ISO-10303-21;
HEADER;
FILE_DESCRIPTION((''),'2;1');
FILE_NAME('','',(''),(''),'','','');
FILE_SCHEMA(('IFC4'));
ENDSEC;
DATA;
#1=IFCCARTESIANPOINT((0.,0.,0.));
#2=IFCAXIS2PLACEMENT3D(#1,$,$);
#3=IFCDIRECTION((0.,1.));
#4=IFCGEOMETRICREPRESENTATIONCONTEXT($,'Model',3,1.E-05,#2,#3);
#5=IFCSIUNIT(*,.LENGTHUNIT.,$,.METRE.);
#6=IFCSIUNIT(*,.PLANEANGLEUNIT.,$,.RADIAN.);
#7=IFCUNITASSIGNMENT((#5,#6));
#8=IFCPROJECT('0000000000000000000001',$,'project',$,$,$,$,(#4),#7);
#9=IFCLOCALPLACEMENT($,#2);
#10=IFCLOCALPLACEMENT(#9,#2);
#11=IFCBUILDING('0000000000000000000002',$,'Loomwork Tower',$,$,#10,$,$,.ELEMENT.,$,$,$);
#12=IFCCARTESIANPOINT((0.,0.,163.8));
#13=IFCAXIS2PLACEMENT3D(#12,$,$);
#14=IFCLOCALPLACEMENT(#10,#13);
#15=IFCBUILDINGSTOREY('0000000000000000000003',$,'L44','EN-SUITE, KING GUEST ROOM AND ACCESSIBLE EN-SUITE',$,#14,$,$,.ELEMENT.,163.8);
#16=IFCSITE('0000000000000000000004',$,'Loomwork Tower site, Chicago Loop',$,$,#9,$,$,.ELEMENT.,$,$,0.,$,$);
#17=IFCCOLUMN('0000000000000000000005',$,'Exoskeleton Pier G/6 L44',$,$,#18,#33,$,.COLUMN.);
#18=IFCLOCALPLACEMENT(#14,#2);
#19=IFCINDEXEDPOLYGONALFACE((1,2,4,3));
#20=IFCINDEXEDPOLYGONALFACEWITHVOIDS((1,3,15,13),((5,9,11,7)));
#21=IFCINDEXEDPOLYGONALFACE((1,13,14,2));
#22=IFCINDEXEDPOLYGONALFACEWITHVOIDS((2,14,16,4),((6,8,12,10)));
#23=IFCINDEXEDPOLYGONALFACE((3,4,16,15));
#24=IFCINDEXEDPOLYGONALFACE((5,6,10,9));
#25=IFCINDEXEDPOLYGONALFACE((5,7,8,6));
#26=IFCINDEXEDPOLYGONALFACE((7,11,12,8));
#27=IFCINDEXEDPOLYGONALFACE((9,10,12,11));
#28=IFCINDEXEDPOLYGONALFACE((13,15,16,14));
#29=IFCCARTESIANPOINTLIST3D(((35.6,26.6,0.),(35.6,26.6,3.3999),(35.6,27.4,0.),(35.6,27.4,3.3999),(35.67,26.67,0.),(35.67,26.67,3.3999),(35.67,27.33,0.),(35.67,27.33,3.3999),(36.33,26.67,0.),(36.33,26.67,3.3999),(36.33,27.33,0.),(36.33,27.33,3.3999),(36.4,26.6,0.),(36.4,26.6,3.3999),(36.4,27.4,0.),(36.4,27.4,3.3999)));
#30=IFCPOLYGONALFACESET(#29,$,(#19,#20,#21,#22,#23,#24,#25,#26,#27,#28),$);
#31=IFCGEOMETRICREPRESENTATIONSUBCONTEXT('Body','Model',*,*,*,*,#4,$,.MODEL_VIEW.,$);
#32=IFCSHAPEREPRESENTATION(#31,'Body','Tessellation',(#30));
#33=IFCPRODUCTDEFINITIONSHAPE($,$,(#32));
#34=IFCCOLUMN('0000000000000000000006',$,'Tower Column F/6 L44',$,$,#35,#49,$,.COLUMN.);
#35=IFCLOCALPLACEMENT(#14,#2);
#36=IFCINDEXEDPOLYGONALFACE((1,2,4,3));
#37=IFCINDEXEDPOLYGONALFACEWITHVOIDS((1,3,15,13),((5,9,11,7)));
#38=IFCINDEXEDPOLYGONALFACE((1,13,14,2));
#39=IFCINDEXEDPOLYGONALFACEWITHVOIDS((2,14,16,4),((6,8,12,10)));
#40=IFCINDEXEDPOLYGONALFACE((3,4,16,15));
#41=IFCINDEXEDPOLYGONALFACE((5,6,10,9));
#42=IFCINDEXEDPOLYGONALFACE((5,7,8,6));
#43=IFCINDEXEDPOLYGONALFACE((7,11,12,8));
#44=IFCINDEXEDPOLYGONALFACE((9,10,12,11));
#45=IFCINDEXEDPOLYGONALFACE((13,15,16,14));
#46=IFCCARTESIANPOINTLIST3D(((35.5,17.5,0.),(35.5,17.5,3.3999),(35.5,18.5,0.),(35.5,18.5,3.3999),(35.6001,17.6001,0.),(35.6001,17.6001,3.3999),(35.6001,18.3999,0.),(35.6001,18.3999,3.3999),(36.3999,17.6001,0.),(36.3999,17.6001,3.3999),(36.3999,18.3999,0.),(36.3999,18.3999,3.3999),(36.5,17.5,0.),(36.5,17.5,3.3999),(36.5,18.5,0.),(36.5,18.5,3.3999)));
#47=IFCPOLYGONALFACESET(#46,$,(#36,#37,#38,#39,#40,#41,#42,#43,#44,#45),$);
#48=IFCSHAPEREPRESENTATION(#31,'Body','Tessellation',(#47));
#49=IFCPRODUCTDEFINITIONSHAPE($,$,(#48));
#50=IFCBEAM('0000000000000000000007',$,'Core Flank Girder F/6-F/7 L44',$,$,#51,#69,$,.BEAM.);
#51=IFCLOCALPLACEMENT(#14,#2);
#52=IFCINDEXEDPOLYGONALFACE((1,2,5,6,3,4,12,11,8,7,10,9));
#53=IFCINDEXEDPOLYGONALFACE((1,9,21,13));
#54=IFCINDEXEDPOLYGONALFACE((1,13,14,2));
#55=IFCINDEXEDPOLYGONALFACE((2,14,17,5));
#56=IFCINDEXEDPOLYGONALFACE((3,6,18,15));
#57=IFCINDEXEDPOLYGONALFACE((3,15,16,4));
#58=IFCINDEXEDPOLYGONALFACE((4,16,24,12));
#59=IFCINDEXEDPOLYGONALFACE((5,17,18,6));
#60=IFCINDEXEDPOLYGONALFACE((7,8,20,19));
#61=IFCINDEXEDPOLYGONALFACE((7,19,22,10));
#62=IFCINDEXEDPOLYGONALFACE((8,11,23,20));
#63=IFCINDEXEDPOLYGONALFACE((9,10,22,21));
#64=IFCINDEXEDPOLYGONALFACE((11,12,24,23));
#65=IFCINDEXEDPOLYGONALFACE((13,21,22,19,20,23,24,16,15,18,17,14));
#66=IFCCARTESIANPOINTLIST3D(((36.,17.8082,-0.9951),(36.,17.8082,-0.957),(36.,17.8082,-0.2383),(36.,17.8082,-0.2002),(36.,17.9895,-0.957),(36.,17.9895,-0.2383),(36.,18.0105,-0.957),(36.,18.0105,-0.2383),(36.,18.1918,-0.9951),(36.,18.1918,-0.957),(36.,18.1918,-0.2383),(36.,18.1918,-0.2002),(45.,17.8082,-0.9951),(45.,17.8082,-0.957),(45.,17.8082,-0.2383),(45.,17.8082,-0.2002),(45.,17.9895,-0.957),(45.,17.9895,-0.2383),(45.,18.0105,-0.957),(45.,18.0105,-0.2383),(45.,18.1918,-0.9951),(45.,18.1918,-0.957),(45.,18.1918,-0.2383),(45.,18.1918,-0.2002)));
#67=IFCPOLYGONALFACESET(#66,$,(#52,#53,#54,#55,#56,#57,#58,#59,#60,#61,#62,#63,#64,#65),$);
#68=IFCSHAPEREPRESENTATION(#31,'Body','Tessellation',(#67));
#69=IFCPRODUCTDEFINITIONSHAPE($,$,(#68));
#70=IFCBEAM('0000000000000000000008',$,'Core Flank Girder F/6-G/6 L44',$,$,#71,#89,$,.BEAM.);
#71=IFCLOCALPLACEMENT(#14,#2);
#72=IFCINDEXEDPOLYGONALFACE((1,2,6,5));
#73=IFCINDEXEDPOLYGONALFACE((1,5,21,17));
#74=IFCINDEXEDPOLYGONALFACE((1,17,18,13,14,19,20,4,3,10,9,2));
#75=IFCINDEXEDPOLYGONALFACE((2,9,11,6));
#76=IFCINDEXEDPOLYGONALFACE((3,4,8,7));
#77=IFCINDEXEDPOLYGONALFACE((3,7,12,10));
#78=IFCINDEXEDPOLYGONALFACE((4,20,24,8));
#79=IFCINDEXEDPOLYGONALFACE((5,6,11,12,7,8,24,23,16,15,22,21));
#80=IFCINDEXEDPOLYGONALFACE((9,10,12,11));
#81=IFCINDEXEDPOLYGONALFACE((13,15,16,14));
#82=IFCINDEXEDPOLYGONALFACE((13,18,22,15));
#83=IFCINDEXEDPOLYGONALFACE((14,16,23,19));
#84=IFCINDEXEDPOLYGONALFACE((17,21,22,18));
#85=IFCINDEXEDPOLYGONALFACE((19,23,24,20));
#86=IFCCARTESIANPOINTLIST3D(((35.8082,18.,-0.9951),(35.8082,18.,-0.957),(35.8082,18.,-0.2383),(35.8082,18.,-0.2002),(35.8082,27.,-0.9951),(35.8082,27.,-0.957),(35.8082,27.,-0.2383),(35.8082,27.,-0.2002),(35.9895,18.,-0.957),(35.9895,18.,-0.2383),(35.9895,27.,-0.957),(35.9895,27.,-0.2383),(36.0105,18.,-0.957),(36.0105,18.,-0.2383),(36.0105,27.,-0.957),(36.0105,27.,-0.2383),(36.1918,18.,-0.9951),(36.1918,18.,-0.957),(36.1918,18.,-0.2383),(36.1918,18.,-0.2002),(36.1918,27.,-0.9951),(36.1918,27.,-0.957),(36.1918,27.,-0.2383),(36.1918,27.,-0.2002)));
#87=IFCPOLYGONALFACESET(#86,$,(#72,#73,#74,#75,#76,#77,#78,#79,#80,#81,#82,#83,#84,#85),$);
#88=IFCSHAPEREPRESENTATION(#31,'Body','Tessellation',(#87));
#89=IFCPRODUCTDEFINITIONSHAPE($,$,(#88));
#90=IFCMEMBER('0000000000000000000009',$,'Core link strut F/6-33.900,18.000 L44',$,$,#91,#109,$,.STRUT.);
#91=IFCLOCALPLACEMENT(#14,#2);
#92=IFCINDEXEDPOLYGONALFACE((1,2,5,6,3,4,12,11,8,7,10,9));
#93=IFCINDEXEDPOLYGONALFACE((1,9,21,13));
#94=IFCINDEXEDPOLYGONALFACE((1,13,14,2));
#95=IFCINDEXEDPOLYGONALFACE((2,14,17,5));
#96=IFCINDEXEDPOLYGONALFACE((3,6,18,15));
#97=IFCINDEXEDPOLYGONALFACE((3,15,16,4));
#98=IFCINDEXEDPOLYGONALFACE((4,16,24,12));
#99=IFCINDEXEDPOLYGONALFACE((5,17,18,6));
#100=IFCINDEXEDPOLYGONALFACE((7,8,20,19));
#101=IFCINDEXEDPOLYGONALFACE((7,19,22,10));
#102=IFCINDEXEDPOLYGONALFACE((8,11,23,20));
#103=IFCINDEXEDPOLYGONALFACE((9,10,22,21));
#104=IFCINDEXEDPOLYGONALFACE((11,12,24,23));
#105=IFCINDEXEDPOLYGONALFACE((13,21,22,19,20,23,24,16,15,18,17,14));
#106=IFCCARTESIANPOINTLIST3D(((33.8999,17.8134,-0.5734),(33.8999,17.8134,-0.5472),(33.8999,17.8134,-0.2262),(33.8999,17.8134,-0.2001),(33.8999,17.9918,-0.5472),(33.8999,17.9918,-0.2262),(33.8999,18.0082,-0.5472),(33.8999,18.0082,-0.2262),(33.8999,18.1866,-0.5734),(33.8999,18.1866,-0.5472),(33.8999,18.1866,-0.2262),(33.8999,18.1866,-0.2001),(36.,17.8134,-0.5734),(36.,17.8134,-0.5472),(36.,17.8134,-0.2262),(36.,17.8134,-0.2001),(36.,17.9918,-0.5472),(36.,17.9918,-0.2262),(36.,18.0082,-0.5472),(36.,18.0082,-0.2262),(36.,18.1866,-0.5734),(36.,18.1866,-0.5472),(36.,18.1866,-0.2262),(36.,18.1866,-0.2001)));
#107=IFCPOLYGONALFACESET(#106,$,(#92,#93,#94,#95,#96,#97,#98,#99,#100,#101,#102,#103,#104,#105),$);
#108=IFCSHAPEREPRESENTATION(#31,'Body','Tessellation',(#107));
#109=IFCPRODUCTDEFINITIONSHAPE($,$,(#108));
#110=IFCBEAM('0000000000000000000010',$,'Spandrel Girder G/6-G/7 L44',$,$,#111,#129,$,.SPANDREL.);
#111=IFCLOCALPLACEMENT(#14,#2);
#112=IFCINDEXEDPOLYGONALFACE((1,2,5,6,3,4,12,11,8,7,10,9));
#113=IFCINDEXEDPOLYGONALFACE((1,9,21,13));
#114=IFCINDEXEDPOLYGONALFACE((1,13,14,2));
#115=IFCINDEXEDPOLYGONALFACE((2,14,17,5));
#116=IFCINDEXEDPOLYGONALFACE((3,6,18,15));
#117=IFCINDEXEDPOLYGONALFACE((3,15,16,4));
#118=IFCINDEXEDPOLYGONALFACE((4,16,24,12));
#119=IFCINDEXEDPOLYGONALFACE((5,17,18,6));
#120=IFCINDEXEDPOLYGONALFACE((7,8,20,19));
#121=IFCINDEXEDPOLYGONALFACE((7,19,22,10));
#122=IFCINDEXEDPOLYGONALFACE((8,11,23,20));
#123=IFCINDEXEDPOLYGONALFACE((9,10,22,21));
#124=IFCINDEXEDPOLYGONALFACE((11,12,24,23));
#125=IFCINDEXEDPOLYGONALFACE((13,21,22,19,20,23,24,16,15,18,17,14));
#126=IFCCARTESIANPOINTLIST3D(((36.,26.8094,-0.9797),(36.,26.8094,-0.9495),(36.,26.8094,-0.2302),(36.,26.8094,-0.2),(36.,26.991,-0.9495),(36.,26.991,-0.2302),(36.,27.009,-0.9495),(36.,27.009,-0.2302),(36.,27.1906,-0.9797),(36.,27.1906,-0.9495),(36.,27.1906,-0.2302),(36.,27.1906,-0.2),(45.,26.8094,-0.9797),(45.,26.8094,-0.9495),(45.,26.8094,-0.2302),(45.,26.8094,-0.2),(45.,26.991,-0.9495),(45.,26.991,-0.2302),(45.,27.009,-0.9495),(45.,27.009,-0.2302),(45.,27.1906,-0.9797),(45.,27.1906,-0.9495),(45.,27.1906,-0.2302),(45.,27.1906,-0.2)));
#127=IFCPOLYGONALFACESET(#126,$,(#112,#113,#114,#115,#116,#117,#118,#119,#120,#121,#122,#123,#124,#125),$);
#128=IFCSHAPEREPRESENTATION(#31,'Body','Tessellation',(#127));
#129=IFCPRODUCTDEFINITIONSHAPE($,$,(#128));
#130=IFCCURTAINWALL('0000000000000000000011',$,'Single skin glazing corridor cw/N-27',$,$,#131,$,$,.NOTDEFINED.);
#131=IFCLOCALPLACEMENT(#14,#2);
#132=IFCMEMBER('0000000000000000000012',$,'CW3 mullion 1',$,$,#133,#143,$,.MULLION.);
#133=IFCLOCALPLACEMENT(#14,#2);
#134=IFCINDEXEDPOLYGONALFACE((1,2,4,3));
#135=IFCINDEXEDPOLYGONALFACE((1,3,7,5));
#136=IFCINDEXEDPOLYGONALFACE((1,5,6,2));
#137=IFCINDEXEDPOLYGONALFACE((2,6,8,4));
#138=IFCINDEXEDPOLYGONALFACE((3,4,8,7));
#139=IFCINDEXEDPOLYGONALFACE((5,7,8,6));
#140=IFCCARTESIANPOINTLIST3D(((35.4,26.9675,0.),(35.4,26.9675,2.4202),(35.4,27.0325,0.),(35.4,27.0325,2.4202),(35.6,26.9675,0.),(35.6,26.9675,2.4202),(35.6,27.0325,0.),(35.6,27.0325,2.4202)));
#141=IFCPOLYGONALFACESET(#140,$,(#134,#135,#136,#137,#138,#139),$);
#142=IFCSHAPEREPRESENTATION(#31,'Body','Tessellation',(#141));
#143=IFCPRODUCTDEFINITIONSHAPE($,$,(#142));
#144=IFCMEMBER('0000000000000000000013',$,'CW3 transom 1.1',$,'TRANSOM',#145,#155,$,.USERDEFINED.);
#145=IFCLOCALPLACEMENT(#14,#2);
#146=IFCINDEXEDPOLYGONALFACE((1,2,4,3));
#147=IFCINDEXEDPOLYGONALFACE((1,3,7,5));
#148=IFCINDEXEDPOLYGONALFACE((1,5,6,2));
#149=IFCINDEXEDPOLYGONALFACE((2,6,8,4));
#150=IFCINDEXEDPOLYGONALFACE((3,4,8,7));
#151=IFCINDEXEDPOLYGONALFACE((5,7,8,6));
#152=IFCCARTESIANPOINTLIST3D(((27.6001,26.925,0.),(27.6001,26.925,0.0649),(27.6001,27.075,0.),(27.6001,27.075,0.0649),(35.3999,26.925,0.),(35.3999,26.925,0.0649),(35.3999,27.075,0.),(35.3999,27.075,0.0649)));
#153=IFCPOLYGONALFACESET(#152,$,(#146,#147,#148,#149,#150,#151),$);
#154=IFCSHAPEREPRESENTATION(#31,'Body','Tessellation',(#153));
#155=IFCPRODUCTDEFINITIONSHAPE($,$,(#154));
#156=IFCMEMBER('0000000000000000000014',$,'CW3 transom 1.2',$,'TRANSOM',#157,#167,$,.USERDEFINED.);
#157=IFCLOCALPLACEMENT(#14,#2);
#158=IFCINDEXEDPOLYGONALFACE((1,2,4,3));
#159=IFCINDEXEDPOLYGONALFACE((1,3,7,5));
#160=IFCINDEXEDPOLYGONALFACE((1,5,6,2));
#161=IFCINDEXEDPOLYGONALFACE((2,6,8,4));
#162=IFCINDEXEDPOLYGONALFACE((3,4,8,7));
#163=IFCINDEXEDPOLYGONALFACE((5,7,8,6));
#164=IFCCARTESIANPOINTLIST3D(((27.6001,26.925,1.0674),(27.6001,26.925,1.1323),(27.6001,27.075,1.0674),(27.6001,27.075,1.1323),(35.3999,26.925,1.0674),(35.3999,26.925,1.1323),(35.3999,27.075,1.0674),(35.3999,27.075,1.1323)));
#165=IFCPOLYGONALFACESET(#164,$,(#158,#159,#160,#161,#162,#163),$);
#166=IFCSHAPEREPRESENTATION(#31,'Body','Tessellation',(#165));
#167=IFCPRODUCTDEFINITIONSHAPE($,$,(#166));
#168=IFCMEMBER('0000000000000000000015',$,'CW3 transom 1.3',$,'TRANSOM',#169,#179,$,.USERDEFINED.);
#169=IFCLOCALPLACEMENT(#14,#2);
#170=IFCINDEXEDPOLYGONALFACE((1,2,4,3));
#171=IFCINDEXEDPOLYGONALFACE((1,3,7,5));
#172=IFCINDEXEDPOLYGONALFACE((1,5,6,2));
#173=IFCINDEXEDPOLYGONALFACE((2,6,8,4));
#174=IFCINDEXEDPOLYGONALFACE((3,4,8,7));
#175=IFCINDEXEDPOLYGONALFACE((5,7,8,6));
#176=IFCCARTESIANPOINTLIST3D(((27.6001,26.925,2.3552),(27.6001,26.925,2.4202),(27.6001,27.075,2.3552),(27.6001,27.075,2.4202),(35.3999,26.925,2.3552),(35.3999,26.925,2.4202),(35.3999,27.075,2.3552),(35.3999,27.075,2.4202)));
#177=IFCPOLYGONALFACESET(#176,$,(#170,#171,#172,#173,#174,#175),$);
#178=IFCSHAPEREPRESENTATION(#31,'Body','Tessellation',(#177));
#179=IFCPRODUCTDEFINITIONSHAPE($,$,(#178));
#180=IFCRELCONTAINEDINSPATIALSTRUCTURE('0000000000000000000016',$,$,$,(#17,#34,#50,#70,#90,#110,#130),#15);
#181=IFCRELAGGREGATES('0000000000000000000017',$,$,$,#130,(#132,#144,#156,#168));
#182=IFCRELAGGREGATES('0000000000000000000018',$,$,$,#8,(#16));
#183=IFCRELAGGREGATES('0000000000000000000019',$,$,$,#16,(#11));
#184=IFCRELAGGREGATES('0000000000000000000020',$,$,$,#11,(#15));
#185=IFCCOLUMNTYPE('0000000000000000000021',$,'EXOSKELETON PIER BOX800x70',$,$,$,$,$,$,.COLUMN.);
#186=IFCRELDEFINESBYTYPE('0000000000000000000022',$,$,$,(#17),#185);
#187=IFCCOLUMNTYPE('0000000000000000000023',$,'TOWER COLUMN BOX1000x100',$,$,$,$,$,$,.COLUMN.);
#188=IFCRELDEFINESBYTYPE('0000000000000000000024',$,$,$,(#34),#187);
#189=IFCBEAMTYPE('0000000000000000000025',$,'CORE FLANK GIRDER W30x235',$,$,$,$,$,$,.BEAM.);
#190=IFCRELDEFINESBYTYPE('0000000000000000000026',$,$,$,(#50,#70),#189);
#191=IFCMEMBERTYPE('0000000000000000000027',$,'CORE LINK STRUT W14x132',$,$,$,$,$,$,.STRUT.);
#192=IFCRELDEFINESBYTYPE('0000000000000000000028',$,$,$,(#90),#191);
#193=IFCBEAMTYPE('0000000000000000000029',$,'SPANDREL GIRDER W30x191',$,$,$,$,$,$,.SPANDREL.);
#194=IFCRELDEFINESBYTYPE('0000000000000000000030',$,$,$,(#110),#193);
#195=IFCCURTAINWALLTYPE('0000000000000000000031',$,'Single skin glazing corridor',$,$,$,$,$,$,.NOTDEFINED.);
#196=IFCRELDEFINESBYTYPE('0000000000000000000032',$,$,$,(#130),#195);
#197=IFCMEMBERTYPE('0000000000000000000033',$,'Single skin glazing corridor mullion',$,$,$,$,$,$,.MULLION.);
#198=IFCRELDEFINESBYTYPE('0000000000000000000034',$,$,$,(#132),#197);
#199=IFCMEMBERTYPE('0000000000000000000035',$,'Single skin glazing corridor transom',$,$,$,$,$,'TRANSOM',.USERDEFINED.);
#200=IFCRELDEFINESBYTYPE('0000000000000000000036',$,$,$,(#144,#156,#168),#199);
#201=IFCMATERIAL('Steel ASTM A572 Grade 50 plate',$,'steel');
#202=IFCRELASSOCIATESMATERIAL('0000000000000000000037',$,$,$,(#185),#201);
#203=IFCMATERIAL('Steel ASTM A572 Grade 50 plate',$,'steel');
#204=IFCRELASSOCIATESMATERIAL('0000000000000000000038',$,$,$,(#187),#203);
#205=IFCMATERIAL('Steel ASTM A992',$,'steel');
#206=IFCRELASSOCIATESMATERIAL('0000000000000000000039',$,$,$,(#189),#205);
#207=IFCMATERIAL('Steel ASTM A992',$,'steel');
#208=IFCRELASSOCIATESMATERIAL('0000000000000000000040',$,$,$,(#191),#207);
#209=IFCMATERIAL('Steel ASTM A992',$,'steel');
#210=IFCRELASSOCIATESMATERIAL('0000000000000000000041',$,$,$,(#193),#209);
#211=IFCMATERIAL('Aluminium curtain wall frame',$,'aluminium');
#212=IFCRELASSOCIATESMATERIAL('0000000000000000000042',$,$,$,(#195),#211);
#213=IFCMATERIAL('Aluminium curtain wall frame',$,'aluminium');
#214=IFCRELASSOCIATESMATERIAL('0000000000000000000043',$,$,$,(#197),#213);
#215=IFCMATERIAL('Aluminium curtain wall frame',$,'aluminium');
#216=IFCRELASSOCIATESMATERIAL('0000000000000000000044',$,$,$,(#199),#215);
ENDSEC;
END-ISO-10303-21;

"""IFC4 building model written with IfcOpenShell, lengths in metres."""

from ifc_helpers import new_model, si_unit, direction, frame, origin, origin_2d, place, context, subcontext, project, spatial, rectangle, hollow_rectangle, i_section, extrude, material, material_profile, profile_set, type_object, element, aggregate, save


model = new_model("IFC4")

# Units and contexts
model_context = context("Model", 3, precision=1e-05, world=origin(), true_north=direction((0.0, 1.0)))
body_context = subcontext(model_context, "Body", "Model", "MODEL_VIEW")
ifc_project = project(units=[si_unit("LENGTHUNIT", "METRE"), si_unit("PLANEANGLEUNIT", "RADIAN")], contexts=[model_context])

# Site, building, storey
site_placement = place(None, origin())
site = spatial("IfcSite", under=ifc_project, at=site_placement, Name="Loomwork Tower site, Chicago Loop", CompositionType="ELEMENT", RefElevation=0.0)
building_placement = place(site_placement, origin())
building = spatial("IfcBuilding", under=site, at=building_placement, Name="Loomwork Tower", CompositionType="ELEMENT")
storey_placement = place(building_placement, frame((0.0, 0.0, 163.8)))
storey = spatial("IfcBuildingStorey", under=building, at=storey_placement, Name="L44", Description="EN-SUITE, KING GUEST ROOM AND ACCESSIBLE EN-SUITE", CompositionType="ELEMENT", Elevation=163.8)

# Columns
ifc_material_1 = material(Name="Steel ASTM A572 Grade 50 plate", Category="steel")
ifc_material_profile_1 = material_profile(ifc_material_1, hollow_rectangle(XDim=0.8, YDim=0.8, WallThickness=0.0701, at=origin_2d()), Name="BOX800x70")
ifc_profile_set_1 = profile_set([ifc_material_profile_1], Name="Steel ASTM A572 Grade 50 plate")
column_type_1 = type_object("IfcColumnType", Name="EXOSKELETON PIER BOX800x70", PredefinedType="COLUMN", material=ifc_profile_set_1)
column_1_placement = place(storey_placement, frame((36.0, 27.0, 0.0), z_axis=(0.0, 0.0, 1.0), x_axis=(1.0, 0.0, 0.0)))
element("IfcColumn", 1, at=column_1_placement, inside=storey, type_object=column_type_1, Name="Exoskeleton Pier G/6 L44", PredefinedType="COLUMN", context=body_context, shape_type="SweptSolid", body=[
    extrude(hollow_rectangle(XDim=0.8, YDim=0.8, WallThickness=0.0701, at=origin_2d()), origin(), (0.0, 0.0, 1.0), 3.3999),
])
ifc_material_2 = material(Name="Steel ASTM A572 Grade 50 plate", Category="steel")
ifc_material_profile_2 = material_profile(ifc_material_2, hollow_rectangle(XDim=1.0, YDim=1.0, WallThickness=0.1001, at=origin_2d()), Name="BOX1000x100")
ifc_profile_set_2 = profile_set([ifc_material_profile_2], Name="Steel ASTM A572 Grade 50 plate")
column_type_2 = type_object("IfcColumnType", Name="TOWER COLUMN BOX1000x100", PredefinedType="COLUMN", material=ifc_profile_set_2)
column_2_placement = place(storey_placement, frame((36.0, 18.0, 0.0), z_axis=(0.0, 0.0, 1.0), x_axis=(0.0, 1.0, 0.0)))
element("IfcColumn", 2, at=column_2_placement, inside=storey, type_object=column_type_2, Name="Tower Column F/6 L44", PredefinedType="COLUMN", context=body_context, shape_type="SweptSolid", body=[
    extrude(hollow_rectangle(XDim=1.0, YDim=1.0, WallThickness=0.1001, at=origin_2d()), origin(), (0.0, 0.0, 1.0), 3.3999),
])

# Beams
ifc_material_3 = material(Name="Steel ASTM A992", Category="steel")
ifc_material_profile_3 = material_profile(ifc_material_3, i_section(OverallWidth=0.3835, OverallDepth=0.7949, WebThickness=0.021, FlangeThickness=0.0381, at=origin_2d()), Name="W30x235")
ifc_profile_set_3 = profile_set([ifc_material_profile_3], Name="Steel ASTM A992")
beam_type_1 = type_object("IfcBeamType", Name="CORE FLANK GIRDER W30x235", PredefinedType="BEAM", material=ifc_profile_set_3)
for number, where, z_axis, x_axis, name in (
    (3, (36.0, 18.0, -0.5977), (1.0, 0.0, 0.0), (0.0, 1.0, 0.0), "Core Flank Girder F/6-F/7 L44"),
    (4, (36.0, 18.0, -0.5977), (0.0, 1.0, 0.0), (-1.0, 0.0, 0.0), "Core Flank Girder F/6-G/6 L44"),
):
    element("IfcBeam", number, at=place(storey_placement, frame(where, z_axis=z_axis, x_axis=x_axis)), inside=storey, type_object=beam_type_1, Name=name, PredefinedType="BEAM", context=body_context, shape_type="SweptSolid", body=[
        extrude(i_section(OverallWidth=0.3835, OverallDepth=0.7949, WebThickness=0.021, FlangeThickness=0.0381, at=origin_2d()), origin(), (0.0, 0.0, 1.0), 9.0),
    ])

# Member
ifc_material_4 = material(Name="Steel ASTM A992", Category="steel")
ifc_material_profile_4 = material_profile(ifc_material_4, i_section(OverallWidth=0.3733, OverallDepth=0.3733, WebThickness=0.0164, FlangeThickness=0.0261, at=origin_2d()), Name="W14x132")
ifc_profile_set_4 = profile_set([ifc_material_profile_4], Name="Steel ASTM A992")
member_type_1 = type_object("IfcMemberType", Name="CORE LINK STRUT W14x132", PredefinedType="STRUT", material=ifc_profile_set_4)
member_1_placement = place(storey_placement, frame((36.0, 18.0, -0.3867), z_axis=(-1.0, 0.0, 0.0), x_axis=(0.0, -1.0, 0.0)))
element("IfcMember", 5, at=member_1_placement, inside=storey, type_object=member_type_1, Name="Core link strut F/6-33.900,18.000 L44", PredefinedType="STRUT", context=body_context, shape_type="SweptSolid", body=[
    extrude(i_section(OverallWidth=0.3733, OverallDepth=0.3733, WebThickness=0.0164, FlangeThickness=0.0261, at=origin_2d()), origin(), (0.0, 0.0, 1.0), 2.1001),
])

# Beam
ifc_material_5 = material(Name="Steel ASTM A992", Category="steel")
ifc_material_profile_5 = material_profile(ifc_material_5, i_section(OverallWidth=0.3811, OverallDepth=0.7798, WebThickness=0.0181, FlangeThickness=0.0303, at=origin_2d()), Name="W30x191")
ifc_profile_set_5 = profile_set([ifc_material_profile_5], Name="Steel ASTM A992")
beam_type_2 = type_object("IfcBeamType", Name="SPANDREL GIRDER W30x191", PredefinedType="SPANDREL", material=ifc_profile_set_5)
beam_placement = place(storey_placement, frame((36.0, 27.0, -0.5898), z_axis=(1.0, 0.0, 0.0), x_axis=(0.0, 1.0, 0.0)))
element("IfcBeam", 6, at=beam_placement, inside=storey, type_object=beam_type_2, Name="Spandrel Girder G/6-G/7 L44", PredefinedType="SPANDREL", context=body_context, shape_type="SweptSolid", body=[
    extrude(i_section(OverallWidth=0.3811, OverallDepth=0.7798, WebThickness=0.0181, FlangeThickness=0.0303, at=origin_2d()), origin(), (0.0, 0.0, 1.0), 9.0),
])

# Curtain wall, members
ifc_material_6 = material(Name="Aluminium curtain wall frame", Category="aluminium")
curtain_wall_type = type_object("IfcCurtainWallType", Name="Single skin glazing corridor", PredefinedType="NOTDEFINED", material=ifc_material_6)
curtain_wall_placement = place(storey_placement, origin())
curtain_wall = element("IfcCurtainWall", 7, at=curtain_wall_placement, inside=storey, type_object=curtain_wall_type, Name="Single skin glazing corridor cw/N-27", PredefinedType="NOTDEFINED")
ifc_material_7 = material(Name="Aluminium curtain wall frame", Category="aluminium")
ifc_material_profile_6 = material_profile(ifc_material_7, rectangle(XDim=0.0649, YDim=0.2, at=origin_2d()), Name="AL 65x200")
ifc_profile_set_6 = profile_set([ifc_material_profile_6], Name="Aluminium curtain wall frame")
member_type_2 = type_object("IfcMemberType", Name="Single skin glazing corridor mullion", PredefinedType="MULLION", material=ifc_profile_set_6)
member_2_placement = place(storey_placement, frame((35.5, 27.0, 0.0), z_axis=(0.0, 0.0, 1.0), x_axis=(0.0, -1.0, 0.0)))
member_2 = element("IfcMember", 8, at=member_2_placement, type_object=member_type_2, Name="CW3 mullion 1", PredefinedType="MULLION", context=body_context, shape_type="SweptSolid", body=[
    extrude(rectangle(XDim=0.0649, YDim=0.2, at=origin_2d()), origin(), (0.0, 0.0, 1.0), 2.4202),
])
ifc_material_8 = material(Name="Aluminium curtain wall frame", Category="aluminium")
ifc_material_profile_7 = material_profile(ifc_material_8, rectangle(XDim=0.1499, YDim=0.0649, at=origin_2d()), Name="AL 65x150")
ifc_profile_set_7 = profile_set([ifc_material_profile_7], Name="Aluminium curtain wall frame")
member_type_3 = type_object("IfcMemberType", Name="Single skin glazing corridor transom", ElementType="TRANSOM", PredefinedType="USERDEFINED", material=ifc_profile_set_7)
member_3_placement = place(storey_placement, frame((35.3999, 27.0, 0.0325), z_axis=(-1.0, 0.0, 0.0), x_axis=(0.0, -1.0, 0.0)))
member_3 = element("IfcMember", 9, at=member_3_placement, type_object=member_type_3, Name="CW3 transom 1.1", ObjectType="TRANSOM", PredefinedType="USERDEFINED", context=body_context, shape_type="SweptSolid", body=[
    extrude(rectangle(XDim=0.1499, YDim=0.0649, at=origin_2d()), origin(), (0.0, 0.0, 1.0), 7.7998),
])
member_4_placement = place(storey_placement, frame((35.3999, 27.0, 1.0999), z_axis=(-1.0, 0.0, 0.0), x_axis=(0.0, -1.0, 0.0)))
member_4 = element("IfcMember", 10, at=member_4_placement, type_object=member_type_3, Name="CW3 transom 1.2", ObjectType="TRANSOM", PredefinedType="USERDEFINED", context=body_context, shape_type="SweptSolid", body=[
    extrude(rectangle(XDim=0.1499, YDim=0.0649, at=origin_2d()), origin(), (0.0, 0.0, 1.0), 7.7998),
])
member_5_placement = place(storey_placement, frame((35.3999, 27.0, 2.3877), z_axis=(-1.0, 0.0, 0.0), x_axis=(0.0, -1.0, 0.0)))
member_5 = element("IfcMember", 11, at=member_5_placement, type_object=member_type_3, Name="CW3 transom 1.3", ObjectType="TRANSOM", PredefinedType="USERDEFINED", context=body_context, shape_type="SweptSolid", body=[
    extrude(rectangle(XDim=0.1499, YDim=0.0649, at=origin_2d()), origin(), (0.0, 0.0, 1.0), 7.7998),
])
aggregate(curtain_wall, [member_2, member_3, member_4, member_5])

save(model, "model.ifc")
